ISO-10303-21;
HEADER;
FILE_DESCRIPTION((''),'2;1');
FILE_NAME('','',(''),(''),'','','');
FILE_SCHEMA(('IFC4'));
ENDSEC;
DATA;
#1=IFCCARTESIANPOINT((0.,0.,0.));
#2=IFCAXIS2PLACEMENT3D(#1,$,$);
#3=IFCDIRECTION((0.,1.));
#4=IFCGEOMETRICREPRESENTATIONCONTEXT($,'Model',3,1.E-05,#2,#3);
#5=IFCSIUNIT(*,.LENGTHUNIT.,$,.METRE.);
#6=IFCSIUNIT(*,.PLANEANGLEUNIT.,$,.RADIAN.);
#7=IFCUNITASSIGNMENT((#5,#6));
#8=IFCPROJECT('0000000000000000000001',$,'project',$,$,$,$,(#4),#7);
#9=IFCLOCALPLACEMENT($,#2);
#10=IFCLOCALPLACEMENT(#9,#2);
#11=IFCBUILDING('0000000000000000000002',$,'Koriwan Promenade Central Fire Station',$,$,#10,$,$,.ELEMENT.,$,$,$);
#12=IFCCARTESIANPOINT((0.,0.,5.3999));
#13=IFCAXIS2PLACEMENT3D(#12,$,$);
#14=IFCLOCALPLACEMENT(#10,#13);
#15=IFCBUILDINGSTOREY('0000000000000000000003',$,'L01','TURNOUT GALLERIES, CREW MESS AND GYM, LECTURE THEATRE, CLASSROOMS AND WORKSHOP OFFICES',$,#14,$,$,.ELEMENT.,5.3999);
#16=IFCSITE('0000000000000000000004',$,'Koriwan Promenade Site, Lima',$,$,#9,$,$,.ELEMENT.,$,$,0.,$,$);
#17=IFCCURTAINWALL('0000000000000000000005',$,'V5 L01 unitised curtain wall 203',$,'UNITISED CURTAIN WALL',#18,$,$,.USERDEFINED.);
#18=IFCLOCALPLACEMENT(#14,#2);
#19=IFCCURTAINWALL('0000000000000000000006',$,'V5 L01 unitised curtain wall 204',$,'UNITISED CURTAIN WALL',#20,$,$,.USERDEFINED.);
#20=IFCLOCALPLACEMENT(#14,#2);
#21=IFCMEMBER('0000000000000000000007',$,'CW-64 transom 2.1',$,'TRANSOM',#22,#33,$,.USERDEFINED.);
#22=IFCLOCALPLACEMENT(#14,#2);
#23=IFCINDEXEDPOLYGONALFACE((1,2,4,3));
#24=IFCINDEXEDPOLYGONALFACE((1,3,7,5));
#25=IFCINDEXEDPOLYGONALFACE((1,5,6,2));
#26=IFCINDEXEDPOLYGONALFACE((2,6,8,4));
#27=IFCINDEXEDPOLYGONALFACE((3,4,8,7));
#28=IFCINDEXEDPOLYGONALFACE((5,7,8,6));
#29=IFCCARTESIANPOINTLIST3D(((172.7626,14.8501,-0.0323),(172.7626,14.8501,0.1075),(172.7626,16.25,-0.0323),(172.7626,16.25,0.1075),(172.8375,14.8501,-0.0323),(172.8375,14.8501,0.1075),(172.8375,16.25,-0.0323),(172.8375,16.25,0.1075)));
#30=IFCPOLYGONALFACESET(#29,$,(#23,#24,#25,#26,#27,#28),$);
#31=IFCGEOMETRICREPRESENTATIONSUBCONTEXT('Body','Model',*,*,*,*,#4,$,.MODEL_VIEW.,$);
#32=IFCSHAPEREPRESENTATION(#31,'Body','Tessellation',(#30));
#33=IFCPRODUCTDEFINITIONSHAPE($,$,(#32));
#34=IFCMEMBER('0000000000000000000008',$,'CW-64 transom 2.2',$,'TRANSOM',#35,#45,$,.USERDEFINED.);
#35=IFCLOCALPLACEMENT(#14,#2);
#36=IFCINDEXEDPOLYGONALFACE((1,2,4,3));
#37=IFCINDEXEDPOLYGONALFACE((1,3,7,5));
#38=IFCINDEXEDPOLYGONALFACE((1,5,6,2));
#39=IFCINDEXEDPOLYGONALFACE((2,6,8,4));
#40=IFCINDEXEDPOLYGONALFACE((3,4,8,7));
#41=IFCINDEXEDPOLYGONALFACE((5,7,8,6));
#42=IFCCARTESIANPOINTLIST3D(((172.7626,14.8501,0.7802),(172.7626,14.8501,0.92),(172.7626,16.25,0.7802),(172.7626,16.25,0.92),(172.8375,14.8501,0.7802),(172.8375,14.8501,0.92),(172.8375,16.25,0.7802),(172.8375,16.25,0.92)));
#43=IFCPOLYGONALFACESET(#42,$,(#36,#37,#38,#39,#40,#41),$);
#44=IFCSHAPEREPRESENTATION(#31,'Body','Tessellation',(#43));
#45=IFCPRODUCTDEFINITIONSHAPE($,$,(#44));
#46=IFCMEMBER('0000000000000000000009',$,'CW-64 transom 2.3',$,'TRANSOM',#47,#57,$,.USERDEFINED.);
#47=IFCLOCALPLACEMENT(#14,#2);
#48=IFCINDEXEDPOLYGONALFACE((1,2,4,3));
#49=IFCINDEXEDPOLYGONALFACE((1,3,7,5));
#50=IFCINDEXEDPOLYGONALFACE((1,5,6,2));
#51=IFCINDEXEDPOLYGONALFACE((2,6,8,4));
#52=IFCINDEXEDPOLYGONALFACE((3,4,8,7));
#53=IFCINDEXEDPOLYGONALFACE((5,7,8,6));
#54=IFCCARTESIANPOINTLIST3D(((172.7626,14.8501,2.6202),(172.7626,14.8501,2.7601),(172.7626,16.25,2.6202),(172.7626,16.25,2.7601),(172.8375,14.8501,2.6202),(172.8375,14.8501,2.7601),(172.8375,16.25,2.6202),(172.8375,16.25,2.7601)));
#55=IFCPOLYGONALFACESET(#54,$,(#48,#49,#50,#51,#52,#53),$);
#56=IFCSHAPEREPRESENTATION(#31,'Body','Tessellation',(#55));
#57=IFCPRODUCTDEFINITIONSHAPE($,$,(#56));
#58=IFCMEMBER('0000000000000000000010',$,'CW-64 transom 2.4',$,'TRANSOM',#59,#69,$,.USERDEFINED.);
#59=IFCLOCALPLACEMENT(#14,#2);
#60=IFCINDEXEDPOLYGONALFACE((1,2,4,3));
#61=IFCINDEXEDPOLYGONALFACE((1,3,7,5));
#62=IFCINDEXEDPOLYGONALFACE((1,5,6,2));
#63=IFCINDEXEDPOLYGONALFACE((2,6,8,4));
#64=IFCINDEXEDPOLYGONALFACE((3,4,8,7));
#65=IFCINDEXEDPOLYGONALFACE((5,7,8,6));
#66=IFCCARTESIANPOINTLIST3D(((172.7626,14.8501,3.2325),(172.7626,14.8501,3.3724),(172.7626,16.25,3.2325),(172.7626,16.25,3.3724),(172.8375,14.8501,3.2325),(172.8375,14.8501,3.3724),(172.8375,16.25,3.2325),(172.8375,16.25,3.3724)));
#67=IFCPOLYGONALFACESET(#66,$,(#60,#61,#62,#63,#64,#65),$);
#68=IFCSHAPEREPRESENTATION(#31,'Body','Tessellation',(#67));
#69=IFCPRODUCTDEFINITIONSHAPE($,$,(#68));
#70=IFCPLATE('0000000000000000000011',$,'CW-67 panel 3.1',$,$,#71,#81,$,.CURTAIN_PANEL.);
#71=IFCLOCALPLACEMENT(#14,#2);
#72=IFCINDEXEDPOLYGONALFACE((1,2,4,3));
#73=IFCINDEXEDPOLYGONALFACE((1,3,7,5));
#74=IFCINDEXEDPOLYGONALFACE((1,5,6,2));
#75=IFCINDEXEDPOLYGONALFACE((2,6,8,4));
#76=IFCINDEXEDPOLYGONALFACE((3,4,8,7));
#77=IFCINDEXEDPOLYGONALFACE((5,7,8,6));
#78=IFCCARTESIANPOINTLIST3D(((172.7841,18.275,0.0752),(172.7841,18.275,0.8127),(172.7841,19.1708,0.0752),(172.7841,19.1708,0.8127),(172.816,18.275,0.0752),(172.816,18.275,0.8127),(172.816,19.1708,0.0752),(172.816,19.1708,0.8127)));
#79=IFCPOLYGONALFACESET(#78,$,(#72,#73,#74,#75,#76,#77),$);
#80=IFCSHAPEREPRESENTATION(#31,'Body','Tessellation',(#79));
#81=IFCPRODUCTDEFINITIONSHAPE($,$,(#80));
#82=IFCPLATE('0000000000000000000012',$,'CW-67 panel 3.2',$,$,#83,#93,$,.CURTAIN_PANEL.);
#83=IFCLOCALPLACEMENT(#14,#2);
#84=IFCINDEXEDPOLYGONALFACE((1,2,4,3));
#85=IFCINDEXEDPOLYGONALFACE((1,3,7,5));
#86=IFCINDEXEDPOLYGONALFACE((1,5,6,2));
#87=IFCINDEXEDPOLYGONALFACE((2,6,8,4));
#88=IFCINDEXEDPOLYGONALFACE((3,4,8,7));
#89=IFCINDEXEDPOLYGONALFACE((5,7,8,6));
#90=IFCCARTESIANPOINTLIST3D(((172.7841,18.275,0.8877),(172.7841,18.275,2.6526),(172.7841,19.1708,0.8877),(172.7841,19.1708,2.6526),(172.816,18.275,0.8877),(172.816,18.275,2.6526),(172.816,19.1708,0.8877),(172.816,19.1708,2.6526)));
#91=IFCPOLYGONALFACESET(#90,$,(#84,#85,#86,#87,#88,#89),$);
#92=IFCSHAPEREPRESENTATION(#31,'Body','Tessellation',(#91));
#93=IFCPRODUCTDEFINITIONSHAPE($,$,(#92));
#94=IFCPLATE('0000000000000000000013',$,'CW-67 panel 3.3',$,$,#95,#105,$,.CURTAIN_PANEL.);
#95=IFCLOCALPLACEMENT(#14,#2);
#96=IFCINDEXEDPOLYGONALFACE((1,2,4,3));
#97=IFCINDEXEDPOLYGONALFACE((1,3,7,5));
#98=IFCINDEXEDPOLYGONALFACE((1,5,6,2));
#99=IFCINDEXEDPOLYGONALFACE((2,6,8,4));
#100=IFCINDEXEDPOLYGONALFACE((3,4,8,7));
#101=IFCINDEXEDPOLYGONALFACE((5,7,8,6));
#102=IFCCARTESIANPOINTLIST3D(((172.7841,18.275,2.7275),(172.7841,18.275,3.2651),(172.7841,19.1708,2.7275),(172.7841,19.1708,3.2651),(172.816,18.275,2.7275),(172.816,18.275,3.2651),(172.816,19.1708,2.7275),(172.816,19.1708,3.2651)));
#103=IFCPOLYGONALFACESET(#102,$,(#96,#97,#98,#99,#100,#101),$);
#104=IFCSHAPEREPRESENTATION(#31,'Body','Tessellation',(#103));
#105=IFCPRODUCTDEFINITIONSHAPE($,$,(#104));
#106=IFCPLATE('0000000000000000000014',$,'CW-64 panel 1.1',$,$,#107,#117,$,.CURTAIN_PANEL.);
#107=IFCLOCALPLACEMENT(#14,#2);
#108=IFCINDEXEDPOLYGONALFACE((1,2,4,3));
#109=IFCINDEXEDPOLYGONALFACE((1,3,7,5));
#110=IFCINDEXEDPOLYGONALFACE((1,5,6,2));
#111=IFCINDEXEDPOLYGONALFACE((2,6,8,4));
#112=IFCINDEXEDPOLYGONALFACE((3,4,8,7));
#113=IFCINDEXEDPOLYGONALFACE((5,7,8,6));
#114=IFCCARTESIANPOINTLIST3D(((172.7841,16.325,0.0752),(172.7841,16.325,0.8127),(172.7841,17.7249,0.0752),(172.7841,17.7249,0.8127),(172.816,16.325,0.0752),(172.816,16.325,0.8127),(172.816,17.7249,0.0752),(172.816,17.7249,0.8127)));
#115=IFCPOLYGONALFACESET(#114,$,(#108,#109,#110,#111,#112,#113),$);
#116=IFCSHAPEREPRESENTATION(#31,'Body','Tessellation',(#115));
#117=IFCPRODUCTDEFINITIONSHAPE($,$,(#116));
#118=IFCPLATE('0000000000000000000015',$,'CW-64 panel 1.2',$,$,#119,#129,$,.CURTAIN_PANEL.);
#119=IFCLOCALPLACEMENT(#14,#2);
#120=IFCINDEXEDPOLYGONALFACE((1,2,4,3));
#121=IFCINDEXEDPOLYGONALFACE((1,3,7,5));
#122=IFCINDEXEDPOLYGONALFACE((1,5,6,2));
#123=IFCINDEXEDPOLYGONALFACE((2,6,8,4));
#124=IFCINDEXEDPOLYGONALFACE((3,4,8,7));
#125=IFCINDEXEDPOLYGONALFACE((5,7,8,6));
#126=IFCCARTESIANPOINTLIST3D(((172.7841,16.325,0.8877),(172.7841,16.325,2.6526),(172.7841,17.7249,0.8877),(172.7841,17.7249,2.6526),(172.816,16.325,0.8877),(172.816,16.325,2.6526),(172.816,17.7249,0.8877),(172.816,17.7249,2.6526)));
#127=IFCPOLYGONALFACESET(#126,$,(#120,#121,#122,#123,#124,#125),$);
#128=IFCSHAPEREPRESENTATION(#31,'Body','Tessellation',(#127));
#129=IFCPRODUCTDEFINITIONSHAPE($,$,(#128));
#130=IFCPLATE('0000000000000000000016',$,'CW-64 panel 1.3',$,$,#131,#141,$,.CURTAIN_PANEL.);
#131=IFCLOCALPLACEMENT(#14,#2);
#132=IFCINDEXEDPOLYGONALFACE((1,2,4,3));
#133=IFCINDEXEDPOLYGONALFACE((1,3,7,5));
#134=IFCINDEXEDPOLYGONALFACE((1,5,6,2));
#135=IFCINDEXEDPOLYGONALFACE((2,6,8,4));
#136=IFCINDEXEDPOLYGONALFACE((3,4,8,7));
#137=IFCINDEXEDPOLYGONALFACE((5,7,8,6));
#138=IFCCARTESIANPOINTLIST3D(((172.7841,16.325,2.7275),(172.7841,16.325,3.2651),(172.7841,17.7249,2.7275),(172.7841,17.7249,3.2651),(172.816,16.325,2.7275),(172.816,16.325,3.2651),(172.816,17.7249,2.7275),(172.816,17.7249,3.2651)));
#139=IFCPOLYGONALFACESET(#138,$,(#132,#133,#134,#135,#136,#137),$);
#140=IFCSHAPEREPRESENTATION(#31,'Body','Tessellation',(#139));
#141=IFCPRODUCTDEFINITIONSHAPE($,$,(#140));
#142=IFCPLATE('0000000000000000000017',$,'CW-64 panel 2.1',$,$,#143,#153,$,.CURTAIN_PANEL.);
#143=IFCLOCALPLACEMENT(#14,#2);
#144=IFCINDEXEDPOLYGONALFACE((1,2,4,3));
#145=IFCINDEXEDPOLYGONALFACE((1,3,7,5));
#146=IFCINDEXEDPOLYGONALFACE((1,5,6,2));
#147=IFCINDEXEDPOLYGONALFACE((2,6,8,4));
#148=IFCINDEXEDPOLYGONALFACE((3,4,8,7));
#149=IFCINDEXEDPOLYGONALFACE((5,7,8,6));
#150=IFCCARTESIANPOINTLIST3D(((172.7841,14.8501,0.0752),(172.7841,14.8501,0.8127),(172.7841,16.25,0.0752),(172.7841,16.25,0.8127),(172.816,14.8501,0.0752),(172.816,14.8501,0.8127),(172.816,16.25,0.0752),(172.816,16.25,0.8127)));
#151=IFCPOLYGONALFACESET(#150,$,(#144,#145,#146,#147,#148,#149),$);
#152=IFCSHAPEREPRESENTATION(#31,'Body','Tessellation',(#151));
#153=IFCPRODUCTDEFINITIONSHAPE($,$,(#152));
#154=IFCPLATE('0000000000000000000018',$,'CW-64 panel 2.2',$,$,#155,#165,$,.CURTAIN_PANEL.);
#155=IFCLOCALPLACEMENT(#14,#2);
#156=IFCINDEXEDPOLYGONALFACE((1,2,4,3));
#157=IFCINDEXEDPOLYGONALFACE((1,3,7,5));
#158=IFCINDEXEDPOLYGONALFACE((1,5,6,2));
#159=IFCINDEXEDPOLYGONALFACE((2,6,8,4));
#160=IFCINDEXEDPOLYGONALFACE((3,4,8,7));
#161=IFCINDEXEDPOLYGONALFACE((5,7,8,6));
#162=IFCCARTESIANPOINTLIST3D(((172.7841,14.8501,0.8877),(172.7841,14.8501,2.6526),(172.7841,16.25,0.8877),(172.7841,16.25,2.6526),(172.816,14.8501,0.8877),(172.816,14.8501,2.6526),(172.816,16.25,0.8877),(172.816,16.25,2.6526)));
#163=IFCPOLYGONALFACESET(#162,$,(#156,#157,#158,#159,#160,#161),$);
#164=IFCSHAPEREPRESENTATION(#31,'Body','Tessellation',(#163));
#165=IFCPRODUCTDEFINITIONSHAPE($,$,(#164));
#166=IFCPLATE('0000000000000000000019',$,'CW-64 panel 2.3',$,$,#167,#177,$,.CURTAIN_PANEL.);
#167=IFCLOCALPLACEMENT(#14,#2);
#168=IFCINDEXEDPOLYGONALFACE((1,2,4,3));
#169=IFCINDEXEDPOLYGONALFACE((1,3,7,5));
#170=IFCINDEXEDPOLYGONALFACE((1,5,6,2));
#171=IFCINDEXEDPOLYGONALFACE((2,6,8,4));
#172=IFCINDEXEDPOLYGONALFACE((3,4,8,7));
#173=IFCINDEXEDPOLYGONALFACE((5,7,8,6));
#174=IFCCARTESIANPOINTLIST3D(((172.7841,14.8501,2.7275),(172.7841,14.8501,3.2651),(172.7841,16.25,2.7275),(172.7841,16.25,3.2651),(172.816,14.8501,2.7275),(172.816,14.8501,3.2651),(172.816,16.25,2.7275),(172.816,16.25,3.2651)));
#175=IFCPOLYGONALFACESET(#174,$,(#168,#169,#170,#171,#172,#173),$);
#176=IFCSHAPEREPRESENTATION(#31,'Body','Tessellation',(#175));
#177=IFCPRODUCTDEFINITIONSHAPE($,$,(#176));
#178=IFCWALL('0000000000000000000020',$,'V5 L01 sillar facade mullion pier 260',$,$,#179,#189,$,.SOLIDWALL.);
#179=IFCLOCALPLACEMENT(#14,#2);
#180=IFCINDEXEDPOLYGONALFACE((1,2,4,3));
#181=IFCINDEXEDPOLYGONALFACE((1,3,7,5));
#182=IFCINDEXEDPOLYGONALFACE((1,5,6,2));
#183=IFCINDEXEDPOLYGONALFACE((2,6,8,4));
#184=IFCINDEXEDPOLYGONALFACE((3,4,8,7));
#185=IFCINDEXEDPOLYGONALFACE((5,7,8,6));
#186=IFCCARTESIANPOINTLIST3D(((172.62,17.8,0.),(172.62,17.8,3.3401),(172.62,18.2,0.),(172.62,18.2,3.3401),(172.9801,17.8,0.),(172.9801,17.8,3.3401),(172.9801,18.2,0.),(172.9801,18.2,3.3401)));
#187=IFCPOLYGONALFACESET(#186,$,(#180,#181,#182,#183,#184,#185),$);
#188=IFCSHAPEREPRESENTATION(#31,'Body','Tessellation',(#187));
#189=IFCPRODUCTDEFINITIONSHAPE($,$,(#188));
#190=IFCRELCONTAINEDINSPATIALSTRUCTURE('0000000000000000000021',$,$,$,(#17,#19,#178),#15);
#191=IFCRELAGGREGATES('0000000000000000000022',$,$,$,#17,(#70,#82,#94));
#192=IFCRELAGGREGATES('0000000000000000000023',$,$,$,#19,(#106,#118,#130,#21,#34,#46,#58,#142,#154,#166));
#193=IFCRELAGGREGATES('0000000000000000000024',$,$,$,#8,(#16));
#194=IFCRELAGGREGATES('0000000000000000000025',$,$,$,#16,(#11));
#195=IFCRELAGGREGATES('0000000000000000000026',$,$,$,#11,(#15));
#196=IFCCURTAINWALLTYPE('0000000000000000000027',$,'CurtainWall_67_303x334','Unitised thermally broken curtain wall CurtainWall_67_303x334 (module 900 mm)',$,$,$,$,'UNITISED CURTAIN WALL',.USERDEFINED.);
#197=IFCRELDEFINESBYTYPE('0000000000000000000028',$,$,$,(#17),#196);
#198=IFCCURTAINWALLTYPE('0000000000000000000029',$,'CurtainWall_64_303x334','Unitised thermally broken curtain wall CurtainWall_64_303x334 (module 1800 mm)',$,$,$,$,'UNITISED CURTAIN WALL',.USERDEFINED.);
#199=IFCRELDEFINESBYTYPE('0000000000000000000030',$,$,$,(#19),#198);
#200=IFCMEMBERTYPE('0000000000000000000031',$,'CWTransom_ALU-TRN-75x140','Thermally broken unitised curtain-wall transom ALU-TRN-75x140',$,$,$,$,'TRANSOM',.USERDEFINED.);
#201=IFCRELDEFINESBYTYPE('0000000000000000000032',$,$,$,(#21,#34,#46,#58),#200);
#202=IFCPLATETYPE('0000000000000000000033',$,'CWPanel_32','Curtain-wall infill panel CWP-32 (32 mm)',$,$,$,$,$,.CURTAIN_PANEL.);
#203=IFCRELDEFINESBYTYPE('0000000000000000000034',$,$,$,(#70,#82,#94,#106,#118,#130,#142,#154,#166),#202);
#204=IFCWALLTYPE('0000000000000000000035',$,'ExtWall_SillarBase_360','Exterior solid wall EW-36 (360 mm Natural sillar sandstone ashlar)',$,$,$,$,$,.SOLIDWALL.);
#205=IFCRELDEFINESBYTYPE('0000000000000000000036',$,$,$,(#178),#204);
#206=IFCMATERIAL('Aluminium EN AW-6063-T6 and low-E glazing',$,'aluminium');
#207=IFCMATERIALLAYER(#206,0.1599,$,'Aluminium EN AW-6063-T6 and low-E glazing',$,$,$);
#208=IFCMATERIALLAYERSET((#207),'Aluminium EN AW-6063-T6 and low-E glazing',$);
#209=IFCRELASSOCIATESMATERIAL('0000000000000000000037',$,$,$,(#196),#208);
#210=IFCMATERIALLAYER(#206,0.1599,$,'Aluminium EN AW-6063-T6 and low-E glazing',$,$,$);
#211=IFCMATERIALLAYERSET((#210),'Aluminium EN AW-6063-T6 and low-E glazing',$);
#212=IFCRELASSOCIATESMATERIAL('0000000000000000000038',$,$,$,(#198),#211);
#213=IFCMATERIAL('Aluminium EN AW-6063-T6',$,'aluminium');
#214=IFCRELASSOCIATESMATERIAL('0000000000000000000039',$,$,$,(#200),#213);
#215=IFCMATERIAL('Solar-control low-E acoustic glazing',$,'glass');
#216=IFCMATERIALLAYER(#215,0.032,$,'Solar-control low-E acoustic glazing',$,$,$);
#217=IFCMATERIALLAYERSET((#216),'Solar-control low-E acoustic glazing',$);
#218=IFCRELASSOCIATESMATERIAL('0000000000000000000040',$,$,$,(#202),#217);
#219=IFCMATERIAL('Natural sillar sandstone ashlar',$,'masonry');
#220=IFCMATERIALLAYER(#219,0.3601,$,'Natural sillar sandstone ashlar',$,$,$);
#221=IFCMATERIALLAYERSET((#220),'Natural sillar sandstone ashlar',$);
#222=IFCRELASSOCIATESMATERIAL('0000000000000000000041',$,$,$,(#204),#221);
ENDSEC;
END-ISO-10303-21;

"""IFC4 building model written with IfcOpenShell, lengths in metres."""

from ifc_helpers import new_model, si_unit, direction, frame, frame_2d, origin, origin_2d, place, context, subcontext, project, spatial, rectangle, extrude, material, layer, layer_set, material_profile, profile_set, type_object, element, aggregate, save


model = new_model("IFC4")

# Units and contexts
model_context = context("Model", 3, precision=1e-05, world=origin(), true_north=direction((0.0, 1.0)))
body_context = subcontext(model_context, "Body", "Model", "MODEL_VIEW")
ifc_project = project(units=[si_unit("LENGTHUNIT", "METRE"), si_unit("PLANEANGLEUNIT", "RADIAN")], contexts=[model_context])

# Site, building, storey
site_placement = place(None, origin())
site = spatial("IfcSite", under=ifc_project, at=site_placement, Name="Koriwan Promenade Site, Lima", CompositionType="ELEMENT", RefElevation=0.0)
building_placement = place(site_placement, origin())
building = spatial("IfcBuilding", under=site, at=building_placement, Name="Koriwan Promenade Central Fire Station", CompositionType="ELEMENT")
storey_placement = place(building_placement, frame((0.0, 0.0, 5.3999)))
storey = spatial("IfcBuildingStorey", under=building, at=storey_placement, Name="L01", Description="TURNOUT GALLERIES, CREW MESS AND GYM, LECTURE THEATRE, CLASSROOMS AND WORKSHOP OFFICES", CompositionType="ELEMENT", Elevation=5.3999)

# Curtain wall
ifc_material_1 = material(Name="Aluminium EN AW-6063-T6 and low-E glazing", Category="aluminium")
ifc_layer_1 = layer(ifc_material_1, 0.1599, Name="Aluminium EN AW-6063-T6 and low-E glazing")
ifc_layer_set_1 = layer_set([ifc_layer_1], Name="Aluminium EN AW-6063-T6 and low-E glazing")
curtain_wall_type_1 = type_object("IfcCurtainWallType", Name="CurtainWall_67_303x334", Description="Unitised thermally broken curtain wall CurtainWall_67_303x334 (module 900 mm)", ElementType="UNITISED CURTAIN WALL", PredefinedType="USERDEFINED", material=ifc_layer_set_1)
curtain_wall_1_placement = place(storey_placement, origin())
curtain_wall_1 = element("IfcCurtainWall", 1, at=curtain_wall_1_placement, inside=storey, type_object=curtain_wall_type_1, Name="V5 L01 unitised curtain wall 203", ObjectType="UNITISED CURTAIN WALL", PredefinedType="USERDEFINED")
ifc_material_2 = material(Name="Aluminium EN AW-6063-T6", Category="aluminium")

# Curtain wall
ifc_layer_2 = layer(ifc_material_1, 0.1599, Name="Aluminium EN AW-6063-T6 and low-E glazing")
ifc_layer_set_2 = layer_set([ifc_layer_2], Name="Aluminium EN AW-6063-T6 and low-E glazing")
curtain_wall_type_2 = type_object("IfcCurtainWallType", Name="CurtainWall_64_303x334", Description="Unitised thermally broken curtain wall CurtainWall_64_303x334 (module 1800 mm)", ElementType="UNITISED CURTAIN WALL", PredefinedType="USERDEFINED", material=ifc_layer_set_2)
curtain_wall_2_placement = place(storey_placement, origin())
curtain_wall_2 = element("IfcCurtainWall", 2, at=curtain_wall_2_placement, inside=storey, type_object=curtain_wall_type_2, Name="V5 L01 unitised curtain wall 204", ObjectType="UNITISED CURTAIN WALL", PredefinedType="USERDEFINED")

# Members
ifc_material_profile_1 = material_profile(ifc_material_2, rectangle(XDim=0.075, YDim=0.1399, at=origin_2d()), Name="ALU-TRN-75x140")
ifc_profile_set_1 = profile_set([ifc_material_profile_1], Name="Aluminium EN AW-6063-T6")
member_type_1 = type_object("IfcMemberType", Name="CWTransom_ALU-TRN-75x140", Description="Thermally broken unitised curtain-wall transom ALU-TRN-75x140", ElementType="TRANSOM", PredefinedType="USERDEFINED", material=ifc_profile_set_1)
member_1_placement = place(storey_placement, frame((172.8, 16.25, 0.0376), z_axis=(0.0, -1.0, 0.0), x_axis=(1.0, 0.0, 0.0)))
member_1 = element("IfcMember", 3, at=member_1_placement, type_object=member_type_1, Name="CW-64 transom 2.1", ObjectType="TRANSOM", PredefinedType="USERDEFINED", context=body_context, shape_type="SweptSolid", body=[
    extrude(rectangle(XDim=0.075, YDim=0.1399, at=origin_2d()), origin(), (0.0, 0.0, 1.0), 1.3999),
])
member_2_placement = place(storey_placement, frame((172.8, 16.25, 0.8501), z_axis=(0.0, -1.0, 0.0), x_axis=(1.0, 0.0, 0.0)))
member_2 = element("IfcMember", 4, at=member_2_placement, type_object=member_type_1, Name="CW-64 transom 2.2", ObjectType="TRANSOM", PredefinedType="USERDEFINED", context=body_context, shape_type="SweptSolid", body=[
    extrude(rectangle(XDim=0.075, YDim=0.1399, at=origin_2d()), origin(), (0.0, 0.0, 1.0), 1.3999),
])
member_3_placement = place(storey_placement, frame((172.8, 16.25, 2.6902), z_axis=(0.0, -1.0, 0.0), x_axis=(1.0, 0.0, 0.0)))
member_3 = element("IfcMember", 5, at=member_3_placement, type_object=member_type_1, Name="CW-64 transom 2.3", ObjectType="TRANSOM", PredefinedType="USERDEFINED", context=body_context, shape_type="SweptSolid", body=[
    extrude(rectangle(XDim=0.075, YDim=0.1399, at=origin_2d()), origin(), (0.0, 0.0, 1.0), 1.3999),
])
member_4_placement = place(storey_placement, frame((172.8, 16.25, 3.3025), z_axis=(0.0, -1.0, 0.0), x_axis=(1.0, 0.0, 0.0)))
member_4 = element("IfcMember", 6, at=member_4_placement, type_object=member_type_1, Name="CW-64 transom 2.4", ObjectType="TRANSOM", PredefinedType="USERDEFINED", context=body_context, shape_type="SweptSolid", body=[
    extrude(rectangle(XDim=0.075, YDim=0.1399, at=origin_2d()), origin(), (0.0, 0.0, 1.0), 1.3999),
])

# Plates
ifc_material_3 = material(Name="Solar-control low-E acoustic glazing", Category="glass")
ifc_layer_3 = layer(ifc_material_3, 0.032, Name="Solar-control low-E acoustic glazing")
ifc_layer_set_3 = layer_set([ifc_layer_3], Name="Solar-control low-E acoustic glazing")
plate_type = type_object("IfcPlateType", Name="CWPanel_32", Description="Curtain-wall infill panel CWP-32 (32 mm)", PredefinedType="CURTAIN_PANEL", material=ifc_layer_set_3)
plate_1_placement = place(storey_placement, frame((172.8, 18.7229, 0.0752), z_axis=(0.0, 0.0, 1.0), x_axis=(0.0, -1.0, 0.0)))
plate_1 = element("IfcPlate", 7, at=plate_1_placement, type_object=plate_type, Name="CW-67 panel 3.1", PredefinedType="CURTAIN_PANEL", context=body_context, shape_type="SweptSolid", body=[
    extrude(rectangle(XDim=0.8958, YDim=0.032, at=origin_2d()), origin(), (0.0, 0.0, 1.0), 0.7375),
])
plate_2_placement = place(storey_placement, frame((172.8, 18.7229, 0.8877), z_axis=(0.0, 0.0, 1.0), x_axis=(0.0, -1.0, 0.0)))
plate_2 = element("IfcPlate", 8, at=plate_2_placement, type_object=plate_type, Name="CW-67 panel 3.2", PredefinedType="CURTAIN_PANEL", context=body_context, shape_type="SweptSolid", body=[
    extrude(rectangle(XDim=0.8958, YDim=0.032, at=origin_2d()), origin(), (0.0, 0.0, 1.0), 1.7649),
])
plate_3_placement = place(storey_placement, frame((172.8, 18.7229, 2.7275), z_axis=(0.0, 0.0, 1.0), x_axis=(0.0, -1.0, 0.0)))
plate_3 = element("IfcPlate", 9, at=plate_3_placement, type_object=plate_type, Name="CW-67 panel 3.3", PredefinedType="CURTAIN_PANEL", context=body_context, shape_type="SweptSolid", body=[
    extrude(rectangle(XDim=0.8958, YDim=0.032, at=origin_2d()), origin(), (0.0, 0.0, 1.0), 0.5376),
])
aggregate(curtain_wall_1, [plate_1, plate_2, plate_3])
plate_4_placement = place(storey_placement, frame((172.8, 17.0249, 0.0752), z_axis=(0.0, 0.0, 1.0), x_axis=(0.0, -1.0, 0.0)))
plate_4 = element("IfcPlate", 10, at=plate_4_placement, type_object=plate_type, Name="CW-64 panel 1.1", PredefinedType="CURTAIN_PANEL", context=body_context, shape_type="SweptSolid", body=[
    extrude(rectangle(XDim=1.3999, YDim=0.032, at=origin_2d()), origin(), (0.0, 0.0, 1.0), 0.7375),
])
plate_5_placement = place(storey_placement, frame((172.8, 17.0249, 0.8877), z_axis=(0.0, 0.0, 1.0), x_axis=(0.0, -1.0, 0.0)))
plate_5 = element("IfcPlate", 11, at=plate_5_placement, type_object=plate_type, Name="CW-64 panel 1.2", PredefinedType="CURTAIN_PANEL", context=body_context, shape_type="SweptSolid", body=[
    extrude(rectangle(XDim=1.3999, YDim=0.032, at=origin_2d()), origin(), (0.0, 0.0, 1.0), 1.7649),
])
plate_6_placement = place(storey_placement, frame((172.8, 17.0249, 2.7275), z_axis=(0.0, 0.0, 1.0), x_axis=(0.0, -1.0, 0.0)))
plate_6 = element("IfcPlate", 12, at=plate_6_placement, type_object=plate_type, Name="CW-64 panel 1.3", PredefinedType="CURTAIN_PANEL", context=body_context, shape_type="SweptSolid", body=[
    extrude(rectangle(XDim=1.3999, YDim=0.032, at=origin_2d()), origin(), (0.0, 0.0, 1.0), 0.5376),
])
plate_7_placement = place(storey_placement, frame((172.8, 15.55, 0.0752), z_axis=(0.0, 0.0, 1.0), x_axis=(0.0, -1.0, 0.0)))
plate_7 = element("IfcPlate", 13, at=plate_7_placement, type_object=plate_type, Name="CW-64 panel 2.1", PredefinedType="CURTAIN_PANEL", context=body_context, shape_type="SweptSolid", body=[
    extrude(rectangle(XDim=1.3999, YDim=0.032, at=origin_2d()), origin(), (0.0, 0.0, 1.0), 0.7375),
])
plate_8_placement = place(storey_placement, frame((172.8, 15.55, 0.8877), z_axis=(0.0, 0.0, 1.0), x_axis=(0.0, -1.0, 0.0)))
plate_8 = element("IfcPlate", 14, at=plate_8_placement, type_object=plate_type, Name="CW-64 panel 2.2", PredefinedType="CURTAIN_PANEL", context=body_context, shape_type="SweptSolid", body=[
    extrude(rectangle(XDim=1.3999, YDim=0.032, at=origin_2d()), origin(), (0.0, 0.0, 1.0), 1.7649),
])
plate_9_placement = place(storey_placement, frame((172.8, 15.55, 2.7275), z_axis=(0.0, 0.0, 1.0), x_axis=(0.0, -1.0, 0.0)))
plate_9 = element("IfcPlate", 15, at=plate_9_placement, type_object=plate_type, Name="CW-64 panel 2.3", PredefinedType="CURTAIN_PANEL", context=body_context, shape_type="SweptSolid", body=[
    extrude(rectangle(XDim=1.3999, YDim=0.032, at=origin_2d()), origin(), (0.0, 0.0, 1.0), 0.5376),
])
aggregate(curtain_wall_2, [plate_4, plate_5, plate_6, member_1, member_2, member_3, member_4, plate_7, plate_8, plate_9])

# Wall
ifc_material_4 = material(Name="Natural sillar sandstone ashlar", Category="masonry")
ifc_layer_4 = layer(ifc_material_4, 0.3601, Name="Natural sillar sandstone ashlar")
ifc_layer_set_4 = layer_set([ifc_layer_4], Name="Natural sillar sandstone ashlar")
wall_type_1 = type_object("IfcWallType", Name="ExtWall_SillarBase_360", Description="Exterior solid wall EW-36 (360 mm Natural sillar sandstone ashlar)", PredefinedType="SOLIDWALL", material=ifc_layer_set_4)
wall_1_placement = place(storey_placement, frame((172.8, 18.2, 0.0), z_axis=(0.0, 0.0, 1.0), x_axis=(0.0, -1.0, 0.0)))
element("IfcWall", 16, at=wall_1_placement, inside=storey, type_object=wall_type_1, Name="V5 L01 sillar facade mullion pier 260", PredefinedType="SOLIDWALL", context=body_context, shape_type="SweptSolid", body=[
    extrude(rectangle(XDim=0.3999, YDim=0.3601, at=frame_2d((0.2, 0.0))), origin(), (0.0, 0.0, 1.0), 3.3401),
])

save(model, "model.ifc")
